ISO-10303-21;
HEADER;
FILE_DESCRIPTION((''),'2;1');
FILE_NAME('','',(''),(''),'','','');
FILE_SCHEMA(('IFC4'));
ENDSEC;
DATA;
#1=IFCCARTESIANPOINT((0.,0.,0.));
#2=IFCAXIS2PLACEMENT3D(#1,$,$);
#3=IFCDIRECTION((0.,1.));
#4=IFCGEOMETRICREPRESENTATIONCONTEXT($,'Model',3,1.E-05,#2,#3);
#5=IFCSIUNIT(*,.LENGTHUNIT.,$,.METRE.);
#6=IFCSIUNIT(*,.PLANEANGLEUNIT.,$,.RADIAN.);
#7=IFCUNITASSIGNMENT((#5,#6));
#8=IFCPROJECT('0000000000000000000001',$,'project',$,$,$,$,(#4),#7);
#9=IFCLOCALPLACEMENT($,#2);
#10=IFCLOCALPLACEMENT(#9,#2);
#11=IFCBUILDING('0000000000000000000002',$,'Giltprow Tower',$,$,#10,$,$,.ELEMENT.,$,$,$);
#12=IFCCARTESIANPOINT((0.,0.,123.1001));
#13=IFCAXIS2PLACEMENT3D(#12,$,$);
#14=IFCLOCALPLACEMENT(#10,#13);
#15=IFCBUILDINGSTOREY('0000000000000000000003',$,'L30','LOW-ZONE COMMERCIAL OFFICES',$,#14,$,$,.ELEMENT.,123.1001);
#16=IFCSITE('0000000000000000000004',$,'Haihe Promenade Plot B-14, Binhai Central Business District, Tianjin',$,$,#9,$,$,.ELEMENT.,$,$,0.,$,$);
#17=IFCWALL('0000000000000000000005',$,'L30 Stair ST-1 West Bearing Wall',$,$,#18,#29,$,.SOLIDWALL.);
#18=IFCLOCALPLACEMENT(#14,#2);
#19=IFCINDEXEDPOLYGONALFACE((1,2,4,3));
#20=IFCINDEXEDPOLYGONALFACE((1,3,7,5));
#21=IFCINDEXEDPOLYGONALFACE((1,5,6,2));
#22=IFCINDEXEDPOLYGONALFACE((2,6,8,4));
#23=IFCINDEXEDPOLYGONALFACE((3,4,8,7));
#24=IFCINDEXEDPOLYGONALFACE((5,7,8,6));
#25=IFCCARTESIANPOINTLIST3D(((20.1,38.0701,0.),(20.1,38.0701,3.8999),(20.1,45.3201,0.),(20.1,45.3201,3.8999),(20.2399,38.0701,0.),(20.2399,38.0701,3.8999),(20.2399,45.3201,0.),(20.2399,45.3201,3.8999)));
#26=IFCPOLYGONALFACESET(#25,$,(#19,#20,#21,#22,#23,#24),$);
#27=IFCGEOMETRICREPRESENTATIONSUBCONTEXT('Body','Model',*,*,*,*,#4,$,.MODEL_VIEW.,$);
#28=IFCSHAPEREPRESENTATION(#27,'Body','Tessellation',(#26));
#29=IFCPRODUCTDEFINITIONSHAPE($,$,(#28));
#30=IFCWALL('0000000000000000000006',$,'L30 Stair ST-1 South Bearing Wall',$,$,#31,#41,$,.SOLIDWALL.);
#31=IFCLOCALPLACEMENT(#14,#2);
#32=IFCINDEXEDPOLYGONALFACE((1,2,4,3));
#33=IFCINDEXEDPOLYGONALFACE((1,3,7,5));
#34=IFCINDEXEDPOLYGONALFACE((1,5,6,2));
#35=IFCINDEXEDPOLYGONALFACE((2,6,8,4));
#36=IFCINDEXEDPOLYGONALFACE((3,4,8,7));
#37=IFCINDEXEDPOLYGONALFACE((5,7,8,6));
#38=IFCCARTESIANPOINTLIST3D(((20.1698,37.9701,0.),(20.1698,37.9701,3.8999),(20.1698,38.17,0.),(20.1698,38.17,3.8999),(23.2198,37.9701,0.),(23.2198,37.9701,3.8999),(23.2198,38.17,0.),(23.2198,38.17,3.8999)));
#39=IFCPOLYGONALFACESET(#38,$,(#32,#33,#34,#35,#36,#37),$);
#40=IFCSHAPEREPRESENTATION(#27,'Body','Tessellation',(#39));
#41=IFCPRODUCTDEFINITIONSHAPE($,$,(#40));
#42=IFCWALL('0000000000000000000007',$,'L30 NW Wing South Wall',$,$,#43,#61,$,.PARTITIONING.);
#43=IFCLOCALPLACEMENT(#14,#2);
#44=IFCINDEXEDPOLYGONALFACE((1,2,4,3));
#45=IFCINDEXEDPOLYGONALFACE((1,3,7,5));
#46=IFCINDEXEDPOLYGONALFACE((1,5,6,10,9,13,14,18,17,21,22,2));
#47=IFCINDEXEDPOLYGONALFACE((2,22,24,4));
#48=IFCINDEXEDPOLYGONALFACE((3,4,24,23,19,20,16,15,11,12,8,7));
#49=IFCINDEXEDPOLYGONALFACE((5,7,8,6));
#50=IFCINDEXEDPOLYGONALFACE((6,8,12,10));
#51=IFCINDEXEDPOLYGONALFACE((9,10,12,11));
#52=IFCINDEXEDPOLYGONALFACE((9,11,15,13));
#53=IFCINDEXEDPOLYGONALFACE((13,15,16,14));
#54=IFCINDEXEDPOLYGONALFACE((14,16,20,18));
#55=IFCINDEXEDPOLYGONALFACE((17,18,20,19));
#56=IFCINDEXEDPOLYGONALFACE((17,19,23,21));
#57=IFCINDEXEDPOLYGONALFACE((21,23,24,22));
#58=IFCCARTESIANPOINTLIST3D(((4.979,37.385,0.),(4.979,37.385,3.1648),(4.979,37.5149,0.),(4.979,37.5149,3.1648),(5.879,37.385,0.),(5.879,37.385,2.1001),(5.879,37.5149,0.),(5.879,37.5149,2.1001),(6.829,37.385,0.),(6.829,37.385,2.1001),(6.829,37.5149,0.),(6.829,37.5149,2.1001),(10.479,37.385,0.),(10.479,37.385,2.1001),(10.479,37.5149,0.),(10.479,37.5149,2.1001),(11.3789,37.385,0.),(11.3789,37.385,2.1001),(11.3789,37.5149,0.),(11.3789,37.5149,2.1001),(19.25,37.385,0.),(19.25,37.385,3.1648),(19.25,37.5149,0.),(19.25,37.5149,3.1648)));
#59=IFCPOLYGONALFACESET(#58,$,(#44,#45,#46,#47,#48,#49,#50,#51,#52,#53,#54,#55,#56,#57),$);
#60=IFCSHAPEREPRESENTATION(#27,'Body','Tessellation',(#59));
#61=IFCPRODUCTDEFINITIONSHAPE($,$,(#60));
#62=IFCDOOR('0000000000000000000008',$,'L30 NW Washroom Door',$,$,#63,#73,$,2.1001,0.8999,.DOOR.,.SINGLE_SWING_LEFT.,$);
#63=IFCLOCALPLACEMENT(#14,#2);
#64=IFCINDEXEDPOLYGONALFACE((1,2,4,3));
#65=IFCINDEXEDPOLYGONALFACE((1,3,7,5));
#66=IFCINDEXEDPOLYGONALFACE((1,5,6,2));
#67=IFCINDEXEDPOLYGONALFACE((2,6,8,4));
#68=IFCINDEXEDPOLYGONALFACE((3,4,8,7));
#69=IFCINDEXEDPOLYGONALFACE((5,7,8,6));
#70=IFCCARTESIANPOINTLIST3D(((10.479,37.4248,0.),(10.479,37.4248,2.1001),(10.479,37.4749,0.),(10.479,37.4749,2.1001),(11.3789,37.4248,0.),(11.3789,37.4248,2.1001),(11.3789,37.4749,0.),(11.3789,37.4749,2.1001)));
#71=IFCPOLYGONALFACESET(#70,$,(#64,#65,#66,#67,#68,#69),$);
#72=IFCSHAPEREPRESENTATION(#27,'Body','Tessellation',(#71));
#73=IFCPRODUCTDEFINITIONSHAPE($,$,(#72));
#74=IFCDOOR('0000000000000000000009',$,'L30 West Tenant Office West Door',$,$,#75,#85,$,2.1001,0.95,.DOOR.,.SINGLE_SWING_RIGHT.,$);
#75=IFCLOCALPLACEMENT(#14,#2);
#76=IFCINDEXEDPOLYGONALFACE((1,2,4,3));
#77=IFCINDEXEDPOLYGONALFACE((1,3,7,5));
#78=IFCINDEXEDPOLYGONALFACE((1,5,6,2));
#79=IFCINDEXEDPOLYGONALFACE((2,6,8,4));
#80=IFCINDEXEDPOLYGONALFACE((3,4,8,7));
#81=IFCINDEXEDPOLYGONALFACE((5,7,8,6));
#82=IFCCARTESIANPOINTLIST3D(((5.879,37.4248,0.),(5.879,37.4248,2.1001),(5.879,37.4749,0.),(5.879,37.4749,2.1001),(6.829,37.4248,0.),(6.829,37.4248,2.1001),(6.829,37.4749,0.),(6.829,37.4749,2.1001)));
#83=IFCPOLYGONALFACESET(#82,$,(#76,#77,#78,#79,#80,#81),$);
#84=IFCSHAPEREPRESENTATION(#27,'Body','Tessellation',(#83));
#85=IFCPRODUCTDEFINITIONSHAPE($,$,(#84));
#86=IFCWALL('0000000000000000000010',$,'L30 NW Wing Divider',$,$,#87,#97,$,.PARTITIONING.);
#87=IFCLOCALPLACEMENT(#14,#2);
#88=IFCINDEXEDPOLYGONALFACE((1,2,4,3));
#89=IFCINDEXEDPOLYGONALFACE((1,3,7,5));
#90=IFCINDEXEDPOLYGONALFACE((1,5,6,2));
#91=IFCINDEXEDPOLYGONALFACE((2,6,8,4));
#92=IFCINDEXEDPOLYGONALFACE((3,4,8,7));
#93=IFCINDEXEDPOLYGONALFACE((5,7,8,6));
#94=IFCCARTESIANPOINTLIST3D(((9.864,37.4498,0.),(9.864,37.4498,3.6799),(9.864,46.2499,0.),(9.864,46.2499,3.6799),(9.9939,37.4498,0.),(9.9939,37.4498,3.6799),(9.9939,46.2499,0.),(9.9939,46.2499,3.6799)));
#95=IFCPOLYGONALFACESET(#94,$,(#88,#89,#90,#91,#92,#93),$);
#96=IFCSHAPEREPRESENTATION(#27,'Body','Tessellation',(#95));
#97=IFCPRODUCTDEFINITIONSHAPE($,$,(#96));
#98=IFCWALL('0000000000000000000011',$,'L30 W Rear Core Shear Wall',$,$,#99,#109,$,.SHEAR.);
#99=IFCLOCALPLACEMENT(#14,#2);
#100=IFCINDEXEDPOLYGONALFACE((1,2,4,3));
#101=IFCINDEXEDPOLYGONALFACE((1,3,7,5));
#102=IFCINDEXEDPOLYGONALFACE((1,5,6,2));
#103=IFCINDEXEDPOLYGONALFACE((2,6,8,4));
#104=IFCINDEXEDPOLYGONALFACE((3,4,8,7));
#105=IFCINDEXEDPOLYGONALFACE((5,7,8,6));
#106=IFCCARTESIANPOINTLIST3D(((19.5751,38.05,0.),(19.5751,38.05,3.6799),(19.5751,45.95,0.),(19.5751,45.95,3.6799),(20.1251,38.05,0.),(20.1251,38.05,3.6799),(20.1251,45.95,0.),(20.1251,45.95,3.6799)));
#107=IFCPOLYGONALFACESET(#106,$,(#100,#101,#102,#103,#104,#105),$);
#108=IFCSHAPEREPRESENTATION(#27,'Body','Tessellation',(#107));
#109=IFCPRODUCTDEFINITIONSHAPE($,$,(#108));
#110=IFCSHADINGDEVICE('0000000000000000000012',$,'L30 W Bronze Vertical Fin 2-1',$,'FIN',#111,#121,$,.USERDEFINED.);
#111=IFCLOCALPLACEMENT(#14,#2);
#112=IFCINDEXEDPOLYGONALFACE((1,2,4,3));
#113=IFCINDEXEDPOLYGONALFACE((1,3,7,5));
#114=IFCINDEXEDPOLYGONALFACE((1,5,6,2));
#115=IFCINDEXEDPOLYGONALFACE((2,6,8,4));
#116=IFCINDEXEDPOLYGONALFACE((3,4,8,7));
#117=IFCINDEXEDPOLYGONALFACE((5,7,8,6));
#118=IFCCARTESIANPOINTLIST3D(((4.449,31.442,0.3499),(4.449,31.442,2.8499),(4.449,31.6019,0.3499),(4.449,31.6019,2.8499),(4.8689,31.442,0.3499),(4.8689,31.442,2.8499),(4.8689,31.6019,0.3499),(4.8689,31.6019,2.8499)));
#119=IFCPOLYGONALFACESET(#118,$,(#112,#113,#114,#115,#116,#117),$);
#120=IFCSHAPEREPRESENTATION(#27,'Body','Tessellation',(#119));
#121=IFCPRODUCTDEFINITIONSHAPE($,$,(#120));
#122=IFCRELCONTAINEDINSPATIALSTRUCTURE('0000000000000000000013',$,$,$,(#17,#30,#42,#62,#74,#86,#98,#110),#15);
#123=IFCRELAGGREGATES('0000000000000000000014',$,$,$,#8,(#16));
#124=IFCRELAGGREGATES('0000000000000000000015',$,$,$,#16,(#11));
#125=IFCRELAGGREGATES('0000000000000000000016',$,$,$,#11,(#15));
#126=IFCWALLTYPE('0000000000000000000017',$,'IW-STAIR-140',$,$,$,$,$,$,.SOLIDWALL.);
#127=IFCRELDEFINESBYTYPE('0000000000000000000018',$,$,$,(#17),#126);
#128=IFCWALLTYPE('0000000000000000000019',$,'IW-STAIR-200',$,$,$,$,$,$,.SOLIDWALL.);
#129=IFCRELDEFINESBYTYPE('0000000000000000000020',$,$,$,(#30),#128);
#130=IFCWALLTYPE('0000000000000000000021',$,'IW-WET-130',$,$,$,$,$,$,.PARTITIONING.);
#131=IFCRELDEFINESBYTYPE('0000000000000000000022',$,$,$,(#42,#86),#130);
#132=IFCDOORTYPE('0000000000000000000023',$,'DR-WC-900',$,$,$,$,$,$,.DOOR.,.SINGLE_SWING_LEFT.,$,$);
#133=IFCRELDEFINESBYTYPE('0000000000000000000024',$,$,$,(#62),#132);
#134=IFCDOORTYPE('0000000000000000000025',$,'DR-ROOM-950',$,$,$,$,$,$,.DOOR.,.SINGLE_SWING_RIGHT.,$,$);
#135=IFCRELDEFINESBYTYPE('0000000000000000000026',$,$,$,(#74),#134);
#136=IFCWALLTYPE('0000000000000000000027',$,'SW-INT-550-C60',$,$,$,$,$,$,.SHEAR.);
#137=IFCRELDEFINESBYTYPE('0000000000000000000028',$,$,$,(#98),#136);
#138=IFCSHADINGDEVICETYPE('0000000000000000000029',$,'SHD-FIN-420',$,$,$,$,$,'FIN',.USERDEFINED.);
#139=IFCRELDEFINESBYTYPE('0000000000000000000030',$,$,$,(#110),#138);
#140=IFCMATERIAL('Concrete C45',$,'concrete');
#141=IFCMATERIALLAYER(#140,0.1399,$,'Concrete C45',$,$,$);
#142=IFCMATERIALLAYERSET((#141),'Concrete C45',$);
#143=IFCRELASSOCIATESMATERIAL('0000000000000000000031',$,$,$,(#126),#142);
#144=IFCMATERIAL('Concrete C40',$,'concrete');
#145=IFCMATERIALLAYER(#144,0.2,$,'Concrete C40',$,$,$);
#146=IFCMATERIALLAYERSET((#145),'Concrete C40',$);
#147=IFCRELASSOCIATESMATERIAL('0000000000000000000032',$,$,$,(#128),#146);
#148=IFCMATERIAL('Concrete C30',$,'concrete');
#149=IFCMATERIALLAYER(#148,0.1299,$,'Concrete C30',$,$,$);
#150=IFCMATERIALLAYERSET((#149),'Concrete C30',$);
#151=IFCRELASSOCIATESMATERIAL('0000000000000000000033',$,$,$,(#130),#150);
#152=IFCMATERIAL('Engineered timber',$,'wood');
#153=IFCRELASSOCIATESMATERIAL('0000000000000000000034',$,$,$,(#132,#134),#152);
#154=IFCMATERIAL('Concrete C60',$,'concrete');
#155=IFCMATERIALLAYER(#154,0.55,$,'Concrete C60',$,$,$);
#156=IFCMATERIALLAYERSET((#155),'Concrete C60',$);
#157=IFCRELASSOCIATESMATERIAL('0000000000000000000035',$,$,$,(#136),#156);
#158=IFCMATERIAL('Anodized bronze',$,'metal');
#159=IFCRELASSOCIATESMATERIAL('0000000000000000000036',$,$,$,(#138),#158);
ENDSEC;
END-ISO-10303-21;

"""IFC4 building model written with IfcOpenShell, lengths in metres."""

from ifc_helpers import new_model, si_unit, direction, frame, frame_2d, origin, origin_2d, place, context, subcontext, project, spatial, rectangle, extrude, source, transform, mapped, material, layer, layer_set, type_object, element, fill, save


model = new_model("IFC4")

# Units and contexts
model_context = context("Model", 3, precision=1e-05, world=origin(), true_north=direction((0.0, 1.0)))
body_context = subcontext(model_context, "Body", "Model", "MODEL_VIEW")
ifc_project = project(units=[si_unit("LENGTHUNIT", "METRE"), si_unit("PLANEANGLEUNIT", "RADIAN")], contexts=[model_context])

# Site, building, storey
site_placement = place(None, origin())
site = spatial("IfcSite", under=ifc_project, at=site_placement, Name="Haihe Promenade Plot B-14, Binhai Central Business District, Tianjin", CompositionType="ELEMENT", RefElevation=0.0)
building_placement = place(site_placement, origin())
building = spatial("IfcBuilding", under=site, at=building_placement, Name="Giltprow Tower", CompositionType="ELEMENT")
storey_placement = place(building_placement, frame((0.0, 0.0, 123.1001)))
storey = spatial("IfcBuildingStorey", under=building, at=storey_placement, Name="L30", Description="LOW-ZONE COMMERCIAL OFFICES", CompositionType="ELEMENT", Elevation=123.1001)

# Shared definitions
ifc_material_1 = material(Name="Concrete C60", Category="concrete")

# Shared definitions
ifc_material_2 = material(Name="Engineered timber", Category="wood")

# Walls
ifc_material_3 = material(Name="Concrete C45", Category="concrete")
ifc_layer_1 = layer(ifc_material_3, 0.1399, Name="Concrete C45")
ifc_layer_set_1 = layer_set([ifc_layer_1], Name="Concrete C45")
wall_type_1 = type_object("IfcWallType", Name="IW-STAIR-140", PredefinedType="SOLIDWALL", material=ifc_layer_set_1)
wall_1_placement = place(storey_placement, frame((20.1699, 38.0701, 0.0), z_axis=(0.0, 0.0, 1.0), x_axis=(0.0, 1.0, 0.0)))
element("IfcWall", 1, at=wall_1_placement, inside=storey, type_object=wall_type_1, Name="L30 Stair ST-1 West Bearing Wall", PredefinedType="SOLIDWALL", context=body_context, shape_type="SweptSolid", body=[
    extrude(rectangle(XDim=7.25, YDim=0.1399, at=frame_2d((3.625, 0.0))), origin(), (0.0, 0.0, 1.0), 3.8999),
])
ifc_material_4 = material(Name="Concrete C40", Category="concrete")
ifc_layer_2 = layer(ifc_material_4, 0.2, Name="Concrete C40")
ifc_layer_set_2 = layer_set([ifc_layer_2], Name="Concrete C40")
wall_type_2 = type_object("IfcWallType", Name="IW-STAIR-200", PredefinedType="SOLIDWALL", material=ifc_layer_set_2)
wall_2_placement = place(storey_placement, frame((20.1699, 38.0701, 0.0), z_axis=(0.0, 0.0, 1.0), x_axis=(1.0, 0.0, 0.0)))
element("IfcWall", 2, at=wall_2_placement, inside=storey, type_object=wall_type_2, Name="L30 Stair ST-1 South Bearing Wall", PredefinedType="SOLIDWALL", context=body_context, shape_type="SweptSolid", body=[
    extrude(rectangle(XDim=3.05, YDim=0.2, at=frame_2d((1.5249, 0.0))), origin(), (0.0, 0.0, 1.0), 3.8999),
])

# Wall, openings, doors
ifc_material_5 = material(Name="Concrete C30", Category="concrete")
ifc_layer_3 = layer(ifc_material_5, 0.1299, Name="Concrete C30")
ifc_layer_set_3 = layer_set([ifc_layer_3], Name="Concrete C30")
wall_type_3 = type_object("IfcWallType", Name="IW-WET-130", PredefinedType="PARTITIONING", material=ifc_layer_set_3)
wall_3_placement = place(storey_placement, frame((4.979, 37.45, 0.0), z_axis=(0.0, 0.0, 1.0), x_axis=(1.0, 0.0, 0.0)))
wall_3 = element("IfcWall", 3, at=wall_3_placement, inside=storey, type_object=wall_type_3, Name="L30 NW Wing South Wall", PredefinedType="PARTITIONING", context=body_context, shape_type="SweptSolid", body=[
    extrude(rectangle(XDim=14.271, YDim=0.1299, at=frame_2d((7.1355, 0.0))), origin(), (0.0, 0.0, 1.0), 3.1648),
])
opening_1_placement = place(wall_3_placement, frame((0.8999, 0.0, 0.0)))
opening_1 = element("IfcOpeningElement", 4, at=opening_1_placement, cuts=wall_3, PredefinedType="OPENING", context=body_context, shape_type="SweptSolid", body=[
    extrude(rectangle(XDim=0.95, YDim=2.1001, at=frame_2d((0.4751, 1.05))), frame((0.0, 0.075, 0.0), z_axis=(0.0, -1.0, 0.0), x_axis=(1.0, 0.0, 0.0)), (0.0, 0.0, 1.0), 0.1499),
])
opening_2_placement = place(wall_3_placement, frame((5.5, 0.0, 0.0)))
opening_2 = element("IfcOpeningElement", 5, at=opening_2_placement, cuts=wall_3, PredefinedType="OPENING", context=body_context, shape_type="SweptSolid", body=[
    extrude(rectangle(XDim=0.8999, YDim=2.1001, at=frame_2d((0.45, 1.05))), frame((0.0, 0.075, 0.0), z_axis=(0.0, -1.0, 0.0), x_axis=(1.0, 0.0, 0.0)), (0.0, 0.0, 1.0), 0.1499),
])
door_type_1 = type_object("IfcDoorType", Name="DR-WC-900", OperationType="SINGLE_SWING_LEFT", PredefinedType="DOOR", material=ifc_material_2)
shared_shape_1 = source(origin(), body_context, "Body", "SweptSolid", [
    extrude(rectangle(XDim=0.8999, YDim=2.1001, at=frame_2d((0.45, 1.05))), frame((0.0, 0.0249, 0.0), z_axis=(0.0, -1.0, 0.0), x_axis=(1.0, 0.0, 0.0)), (0.0, 0.0, 1.0), 0.05),
])
door_1_placement = place(opening_2_placement, origin())
door_1 = element("IfcDoor", 6, at=door_1_placement, inside=storey, type_object=door_type_1, Name="L30 NW Washroom Door", OperationType="SINGLE_SWING_LEFT", OverallHeight=2.1001, OverallWidth=0.8999, PredefinedType="DOOR", context=body_context, shape_type="MappedRepresentation", body=[
    mapped(shared_shape_1, transform((0.0, 0.0, 0.0), x_axis=(1.0, 0.0, 0.0), y_axis=(0.0, 1.0, 0.0), z_axis=(0.0, 0.0, 1.0), scale=1.0)),
])
fill(opening_2, door_1)
door_type_2 = type_object("IfcDoorType", Name="DR-ROOM-950", OperationType="SINGLE_SWING_RIGHT", PredefinedType="DOOR", material=ifc_material_2)
shared_shape_2 = source(origin(), body_context, "Body", "SweptSolid", [
    extrude(rectangle(XDim=0.95, YDim=2.1001, at=frame_2d((0.4751, 1.05))), frame((0.0, 0.0249, 0.0), z_axis=(0.0, -1.0, 0.0), x_axis=(1.0, 0.0, 0.0)), (0.0, 0.0, 1.0), 0.05),
])
door_2_placement = place(opening_1_placement, origin())
door_2 = element("IfcDoor", 7, at=door_2_placement, inside=storey, type_object=door_type_2, Name="L30 West Tenant Office West Door", OperationType="SINGLE_SWING_RIGHT", OverallHeight=2.1001, OverallWidth=0.95, PredefinedType="DOOR", context=body_context, shape_type="MappedRepresentation", body=[
    mapped(shared_shape_2, transform((0.0, 0.0, 0.0), x_axis=(1.0, 0.0, 0.0), y_axis=(0.0, 1.0, 0.0), z_axis=(0.0, 0.0, 1.0), scale=1.0)),
])
fill(opening_1, door_2)

# Walls
wall_4_placement = place(storey_placement, frame((9.929, 37.45, 0.0), z_axis=(0.0, 0.0, 1.0), x_axis=(0.0, 1.0, 0.0)))
element("IfcWall", 8, at=wall_4_placement, inside=storey, type_object=wall_type_3, Name="L30 NW Wing Divider", PredefinedType="PARTITIONING", context=body_context, shape_type="SweptSolid", body=[
    extrude(rectangle(XDim=8.8, YDim=0.1299, at=frame_2d((4.3999, 0.0))), origin(), (0.0, 0.0, 1.0), 3.6799),
])
ifc_layer_4 = layer(ifc_material_1, 0.55, Name="Concrete C60")
ifc_layer_set_4 = layer_set([ifc_layer_4], Name="Concrete C60")
wall_type_4 = type_object("IfcWallType", Name="SW-INT-550-C60", PredefinedType="SHEAR", material=ifc_layer_set_4)
wall_5_placement = place(storey_placement, frame((19.8501, 38.05, 0.0), z_axis=(0.0, 0.0, 1.0), x_axis=(0.0, 1.0, 0.0)))
element("IfcWall", 9, at=wall_5_placement, inside=storey, type_object=wall_type_4, Name="L30 W Rear Core Shear Wall", PredefinedType="SHEAR", context=body_context, shape_type="SweptSolid", body=[
    extrude(rectangle(XDim=7.8999, YDim=0.55, at=frame_2d((3.95, 0.0))), origin(), (0.0, 0.0, 1.0), 3.6799),
])

# Shading device
ifc_material_6 = material(Name="Anodized bronze", Category="metal")
shading_device_type = type_object("IfcShadingDeviceType", Name="SHD-FIN-420", ElementType="FIN", PredefinedType="USERDEFINED", material=ifc_material_6)
shared_shape_3 = source(origin(), body_context, "Body", "SweptSolid", [
    extrude(rectangle(XDim=0.4199, YDim=0.1599, at=origin_2d()), origin(), (0.0, 0.0, 1.0), 2.5),
])
shading_device_placement = place(storey_placement, frame((4.6589, 31.522, 0.3499), z_axis=(0.0, 0.0, 1.0), x_axis=(1.0, 0.0, 0.0)))
element("IfcShadingDevice", 10, at=shading_device_placement, inside=storey, type_object=shading_device_type, Name="L30 W Bronze Vertical Fin 2-1", ObjectType="FIN", PredefinedType="USERDEFINED", context=body_context, shape_type="MappedRepresentation", body=[
    mapped(shared_shape_3, transform((0.0, 0.0, 0.0), x_axis=(1.0, 0.0, 0.0), y_axis=(0.0, 1.0, 0.0), z_axis=(0.0, 0.0, 1.0), scale=1.0)),
])

save(model, "model.ifc")
